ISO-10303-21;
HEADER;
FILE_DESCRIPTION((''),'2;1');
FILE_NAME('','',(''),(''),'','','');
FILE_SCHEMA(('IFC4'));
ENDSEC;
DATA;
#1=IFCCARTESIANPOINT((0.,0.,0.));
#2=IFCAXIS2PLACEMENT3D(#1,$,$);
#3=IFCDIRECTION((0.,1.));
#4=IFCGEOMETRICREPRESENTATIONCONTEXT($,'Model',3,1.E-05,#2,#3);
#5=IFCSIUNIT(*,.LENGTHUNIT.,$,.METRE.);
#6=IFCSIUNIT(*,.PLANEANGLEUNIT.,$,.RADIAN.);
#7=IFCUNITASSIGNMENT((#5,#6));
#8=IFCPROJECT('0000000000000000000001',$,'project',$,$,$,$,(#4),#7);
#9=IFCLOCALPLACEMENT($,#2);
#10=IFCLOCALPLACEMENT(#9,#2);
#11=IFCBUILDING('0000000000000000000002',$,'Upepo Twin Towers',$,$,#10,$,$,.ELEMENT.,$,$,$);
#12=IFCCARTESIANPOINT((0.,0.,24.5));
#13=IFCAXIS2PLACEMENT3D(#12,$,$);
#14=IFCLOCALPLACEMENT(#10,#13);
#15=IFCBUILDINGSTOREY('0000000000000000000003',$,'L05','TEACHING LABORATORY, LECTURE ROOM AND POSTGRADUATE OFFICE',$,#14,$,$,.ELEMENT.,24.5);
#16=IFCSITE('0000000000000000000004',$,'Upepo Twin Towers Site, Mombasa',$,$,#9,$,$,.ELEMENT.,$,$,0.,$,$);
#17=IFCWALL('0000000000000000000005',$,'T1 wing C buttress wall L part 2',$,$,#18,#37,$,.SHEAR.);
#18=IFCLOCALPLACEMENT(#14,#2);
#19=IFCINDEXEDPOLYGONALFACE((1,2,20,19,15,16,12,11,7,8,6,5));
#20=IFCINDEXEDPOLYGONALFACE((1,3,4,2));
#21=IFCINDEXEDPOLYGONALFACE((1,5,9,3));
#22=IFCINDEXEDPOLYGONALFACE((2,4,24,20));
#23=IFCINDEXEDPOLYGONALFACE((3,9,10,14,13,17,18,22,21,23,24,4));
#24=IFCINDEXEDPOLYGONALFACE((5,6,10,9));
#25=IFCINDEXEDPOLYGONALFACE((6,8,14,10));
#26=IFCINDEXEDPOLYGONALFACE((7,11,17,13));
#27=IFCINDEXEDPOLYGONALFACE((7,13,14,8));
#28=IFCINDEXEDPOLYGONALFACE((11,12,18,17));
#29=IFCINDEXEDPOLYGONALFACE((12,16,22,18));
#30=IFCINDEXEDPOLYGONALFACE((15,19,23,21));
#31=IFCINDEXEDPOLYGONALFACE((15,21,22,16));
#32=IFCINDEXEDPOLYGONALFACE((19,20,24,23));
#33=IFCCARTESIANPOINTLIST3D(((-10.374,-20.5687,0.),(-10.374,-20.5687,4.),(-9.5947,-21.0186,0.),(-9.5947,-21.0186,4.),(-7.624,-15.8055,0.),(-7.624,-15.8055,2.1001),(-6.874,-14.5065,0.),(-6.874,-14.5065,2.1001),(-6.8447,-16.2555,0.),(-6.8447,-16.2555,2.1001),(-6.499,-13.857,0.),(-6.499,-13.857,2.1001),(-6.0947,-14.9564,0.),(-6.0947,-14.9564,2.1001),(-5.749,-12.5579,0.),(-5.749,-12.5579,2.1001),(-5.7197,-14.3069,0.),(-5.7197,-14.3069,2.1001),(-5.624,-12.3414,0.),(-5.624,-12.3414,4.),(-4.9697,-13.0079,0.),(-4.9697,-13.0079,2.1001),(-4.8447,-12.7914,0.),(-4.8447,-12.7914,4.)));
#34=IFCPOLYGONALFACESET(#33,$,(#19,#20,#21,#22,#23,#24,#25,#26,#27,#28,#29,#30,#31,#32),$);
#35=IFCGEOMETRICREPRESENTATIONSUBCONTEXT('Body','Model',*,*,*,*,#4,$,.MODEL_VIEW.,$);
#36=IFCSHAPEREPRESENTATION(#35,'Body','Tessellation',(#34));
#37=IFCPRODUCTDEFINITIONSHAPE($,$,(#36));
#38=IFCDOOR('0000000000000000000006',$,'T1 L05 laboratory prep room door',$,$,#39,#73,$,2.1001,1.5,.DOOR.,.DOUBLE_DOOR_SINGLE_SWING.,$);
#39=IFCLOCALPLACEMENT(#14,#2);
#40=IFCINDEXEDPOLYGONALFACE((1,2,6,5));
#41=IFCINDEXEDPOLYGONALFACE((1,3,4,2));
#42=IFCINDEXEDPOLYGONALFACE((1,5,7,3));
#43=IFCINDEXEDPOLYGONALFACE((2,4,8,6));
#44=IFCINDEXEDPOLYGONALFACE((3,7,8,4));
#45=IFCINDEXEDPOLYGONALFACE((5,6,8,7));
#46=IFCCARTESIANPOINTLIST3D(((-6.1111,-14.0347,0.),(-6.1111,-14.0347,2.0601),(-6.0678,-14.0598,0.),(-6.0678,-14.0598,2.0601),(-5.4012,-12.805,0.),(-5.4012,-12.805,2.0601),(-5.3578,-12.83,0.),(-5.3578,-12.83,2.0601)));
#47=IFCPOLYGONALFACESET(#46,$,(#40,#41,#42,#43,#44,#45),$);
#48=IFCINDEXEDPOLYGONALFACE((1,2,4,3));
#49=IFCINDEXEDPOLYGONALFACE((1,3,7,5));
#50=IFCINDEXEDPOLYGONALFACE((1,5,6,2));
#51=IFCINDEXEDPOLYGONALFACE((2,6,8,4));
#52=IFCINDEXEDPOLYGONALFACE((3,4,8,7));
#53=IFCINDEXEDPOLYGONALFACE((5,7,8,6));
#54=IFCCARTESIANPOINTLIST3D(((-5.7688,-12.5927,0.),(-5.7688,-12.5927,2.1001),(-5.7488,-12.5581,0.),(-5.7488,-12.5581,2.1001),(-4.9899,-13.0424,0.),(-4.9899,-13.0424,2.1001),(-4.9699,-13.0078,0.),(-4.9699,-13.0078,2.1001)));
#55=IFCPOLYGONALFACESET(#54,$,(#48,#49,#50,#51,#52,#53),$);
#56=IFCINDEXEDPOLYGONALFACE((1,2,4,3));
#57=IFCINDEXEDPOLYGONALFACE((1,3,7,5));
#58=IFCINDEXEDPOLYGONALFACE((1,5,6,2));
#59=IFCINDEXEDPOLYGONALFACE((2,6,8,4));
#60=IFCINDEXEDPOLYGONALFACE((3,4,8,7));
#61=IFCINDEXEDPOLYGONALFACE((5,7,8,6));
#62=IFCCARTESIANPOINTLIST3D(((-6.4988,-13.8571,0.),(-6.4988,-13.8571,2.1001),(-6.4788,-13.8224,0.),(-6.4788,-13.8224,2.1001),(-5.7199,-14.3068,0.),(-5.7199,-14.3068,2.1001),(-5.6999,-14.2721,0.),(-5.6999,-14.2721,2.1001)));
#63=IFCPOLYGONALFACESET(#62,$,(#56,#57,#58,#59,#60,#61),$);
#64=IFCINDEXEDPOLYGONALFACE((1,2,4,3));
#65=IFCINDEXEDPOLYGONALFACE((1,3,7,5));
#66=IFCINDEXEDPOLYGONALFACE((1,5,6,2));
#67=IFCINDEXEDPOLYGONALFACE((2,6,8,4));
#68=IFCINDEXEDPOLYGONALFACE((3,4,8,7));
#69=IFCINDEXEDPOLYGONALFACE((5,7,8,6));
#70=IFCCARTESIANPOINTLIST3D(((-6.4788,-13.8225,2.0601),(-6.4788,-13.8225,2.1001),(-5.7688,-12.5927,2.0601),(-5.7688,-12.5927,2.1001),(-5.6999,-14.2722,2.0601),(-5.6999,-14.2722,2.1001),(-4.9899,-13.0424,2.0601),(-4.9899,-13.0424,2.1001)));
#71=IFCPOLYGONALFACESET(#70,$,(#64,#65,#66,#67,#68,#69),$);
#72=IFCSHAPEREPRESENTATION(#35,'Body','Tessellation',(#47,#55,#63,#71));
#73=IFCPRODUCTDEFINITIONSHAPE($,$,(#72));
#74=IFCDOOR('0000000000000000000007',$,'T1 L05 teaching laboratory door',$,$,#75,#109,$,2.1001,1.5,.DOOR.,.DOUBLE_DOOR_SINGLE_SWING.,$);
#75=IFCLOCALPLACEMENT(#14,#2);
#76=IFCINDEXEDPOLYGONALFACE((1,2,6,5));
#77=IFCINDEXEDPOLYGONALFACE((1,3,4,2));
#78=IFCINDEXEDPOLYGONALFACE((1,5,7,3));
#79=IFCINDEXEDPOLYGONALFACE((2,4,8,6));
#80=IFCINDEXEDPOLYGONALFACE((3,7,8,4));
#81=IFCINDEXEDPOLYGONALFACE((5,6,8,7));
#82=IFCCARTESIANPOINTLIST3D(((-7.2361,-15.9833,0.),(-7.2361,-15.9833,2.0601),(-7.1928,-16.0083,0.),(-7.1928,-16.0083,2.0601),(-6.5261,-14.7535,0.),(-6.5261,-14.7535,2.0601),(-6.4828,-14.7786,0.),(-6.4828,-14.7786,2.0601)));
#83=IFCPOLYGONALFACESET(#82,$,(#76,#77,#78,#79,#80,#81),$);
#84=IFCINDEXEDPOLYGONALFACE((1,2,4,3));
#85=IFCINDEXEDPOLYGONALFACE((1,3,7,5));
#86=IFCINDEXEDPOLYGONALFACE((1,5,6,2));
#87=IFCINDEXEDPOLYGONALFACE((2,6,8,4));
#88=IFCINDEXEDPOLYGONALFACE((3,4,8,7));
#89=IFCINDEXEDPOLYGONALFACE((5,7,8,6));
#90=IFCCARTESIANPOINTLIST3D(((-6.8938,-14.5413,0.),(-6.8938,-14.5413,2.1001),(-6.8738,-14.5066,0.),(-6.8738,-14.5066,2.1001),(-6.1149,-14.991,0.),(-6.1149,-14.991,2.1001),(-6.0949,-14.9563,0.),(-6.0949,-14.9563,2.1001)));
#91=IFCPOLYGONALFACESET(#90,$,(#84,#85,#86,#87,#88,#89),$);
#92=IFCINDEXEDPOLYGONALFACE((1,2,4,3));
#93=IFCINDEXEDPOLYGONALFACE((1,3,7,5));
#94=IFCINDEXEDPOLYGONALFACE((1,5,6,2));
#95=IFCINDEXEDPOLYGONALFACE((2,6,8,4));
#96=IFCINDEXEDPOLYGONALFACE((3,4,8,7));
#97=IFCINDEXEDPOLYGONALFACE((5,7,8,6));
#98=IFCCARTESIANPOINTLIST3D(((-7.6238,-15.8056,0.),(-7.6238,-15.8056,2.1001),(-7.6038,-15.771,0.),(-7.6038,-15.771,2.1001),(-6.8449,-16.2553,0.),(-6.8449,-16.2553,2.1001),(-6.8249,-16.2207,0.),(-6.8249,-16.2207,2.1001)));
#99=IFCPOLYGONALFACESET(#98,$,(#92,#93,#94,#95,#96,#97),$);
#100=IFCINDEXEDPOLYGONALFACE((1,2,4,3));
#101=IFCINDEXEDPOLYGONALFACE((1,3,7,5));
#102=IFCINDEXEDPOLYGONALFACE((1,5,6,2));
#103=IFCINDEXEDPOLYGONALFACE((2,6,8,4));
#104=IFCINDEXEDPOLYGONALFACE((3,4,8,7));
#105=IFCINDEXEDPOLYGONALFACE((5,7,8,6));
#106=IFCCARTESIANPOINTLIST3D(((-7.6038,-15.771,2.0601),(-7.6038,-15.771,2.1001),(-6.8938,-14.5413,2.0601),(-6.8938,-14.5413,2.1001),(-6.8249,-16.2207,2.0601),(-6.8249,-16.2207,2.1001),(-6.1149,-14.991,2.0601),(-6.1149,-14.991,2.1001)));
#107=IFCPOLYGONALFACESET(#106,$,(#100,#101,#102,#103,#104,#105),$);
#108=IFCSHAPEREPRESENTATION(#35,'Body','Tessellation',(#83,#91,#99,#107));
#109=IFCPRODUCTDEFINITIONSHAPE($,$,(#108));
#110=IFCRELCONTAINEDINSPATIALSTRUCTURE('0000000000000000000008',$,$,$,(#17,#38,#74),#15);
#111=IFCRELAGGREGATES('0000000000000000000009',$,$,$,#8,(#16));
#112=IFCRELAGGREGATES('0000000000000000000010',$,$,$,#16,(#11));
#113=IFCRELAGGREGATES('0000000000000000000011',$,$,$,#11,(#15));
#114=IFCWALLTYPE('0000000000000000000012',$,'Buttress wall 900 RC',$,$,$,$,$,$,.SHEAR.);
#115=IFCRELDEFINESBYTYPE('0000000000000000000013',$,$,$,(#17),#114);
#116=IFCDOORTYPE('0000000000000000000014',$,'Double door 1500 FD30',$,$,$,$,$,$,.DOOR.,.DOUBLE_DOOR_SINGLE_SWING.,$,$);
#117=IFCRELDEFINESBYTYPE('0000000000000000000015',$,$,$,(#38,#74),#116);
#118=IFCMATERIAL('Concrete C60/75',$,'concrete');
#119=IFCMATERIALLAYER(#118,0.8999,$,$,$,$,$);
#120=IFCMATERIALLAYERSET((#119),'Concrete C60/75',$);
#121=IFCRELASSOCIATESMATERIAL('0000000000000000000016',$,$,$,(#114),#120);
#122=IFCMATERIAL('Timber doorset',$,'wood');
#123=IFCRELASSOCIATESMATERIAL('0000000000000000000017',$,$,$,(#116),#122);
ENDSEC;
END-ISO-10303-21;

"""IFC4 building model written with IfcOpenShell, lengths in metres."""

from ifc_helpers import new_model, si_unit, direction, frame, frame_2d, origin, place, context, subcontext, project, spatial, rectangle, extrude, material, layer, layer_set, type_object, element, fill, save


model = new_model("IFC4")

# Units and contexts
model_context = context("Model", 3, precision=1e-05, world=origin(), true_north=direction((0.0, 1.0)))
body_context = subcontext(model_context, "Body", "Model", "MODEL_VIEW")
ifc_project = project(units=[si_unit("LENGTHUNIT", "METRE"), si_unit("PLANEANGLEUNIT", "RADIAN")], contexts=[model_context])

# Site, building, storey
site_placement = place(None, origin())
site = spatial("IfcSite", under=ifc_project, at=site_placement, Name="Upepo Twin Towers Site, Mombasa", CompositionType="ELEMENT", RefElevation=0.0)
building_placement = place(site_placement, origin())
building = spatial("IfcBuilding", under=site, at=building_placement, Name="Upepo Twin Towers", CompositionType="ELEMENT")
storey_placement = place(building_placement, frame((0.0, 0.0, 24.5)))
storey = spatial("IfcBuildingStorey", under=building, at=storey_placement, Name="L05", Description="TEACHING LABORATORY, LECTURE ROOM AND POSTGRADUATE OFFICE", CompositionType="ELEMENT", Elevation=24.5)

# Wall, openings, doors
ifc_material_1 = material(Name="Concrete C60/75", Category="concrete")
ifc_layer_1 = layer(ifc_material_1, 0.8999)
ifc_layer_set_1 = layer_set([ifc_layer_1], Name="Concrete C60/75")
wall_type_1 = type_object("IfcWallType", Name="Buttress wall 900 RC", PredefinedType="SHEAR", material=ifc_layer_set_1)
wall_1_placement = place(storey_placement, frame((-5.2344, -12.5664, 0.0), z_axis=(0.0, 0.0, 1.0), x_axis=(-0.499998, -0.866027, 0.0)))
wall_1 = element("IfcWall", 1, at=wall_1_placement, inside=storey, type_object=wall_type_1, Name="T1 wing C buttress wall L part 2", PredefinedType="SHEAR", context=body_context, shape_type="SweptSolid", body=[
    extrude(rectangle(XDim=9.5, YDim=0.8999, at=frame_2d((4.75, 0.0))), origin(), (0.0, 0.0, 1.0), 4.0),
])
opening_1_placement = place(wall_1_placement, frame((0.25, 0.0, 0.0)))
opening_1 = element("IfcOpeningElement", 2, at=opening_1_placement, cuts=wall_1, PredefinedType="OPENING", context=body_context, shape_type="SweptSolid", body=[
    extrude(rectangle(XDim=1.5, YDim=2.1001, at=frame_2d((0.75, 1.05))), frame((0.0, 0.46, 0.0), z_axis=(0.0, -1.0, 0.0), x_axis=(1.0, 0.0, 0.0)), (0.0, 0.0, 1.0), 0.9199),
])
opening_2_placement = place(wall_1_placement, frame((2.5, 0.0, 0.0)))
opening_2 = element("IfcOpeningElement", 3, at=opening_2_placement, cuts=wall_1, PredefinedType="OPENING", context=body_context, shape_type="SweptSolid", body=[
    extrude(rectangle(XDim=1.5, YDim=2.1001, at=frame_2d((0.75, 1.05))), frame((0.0, 0.46, 0.0), z_axis=(0.0, -1.0, 0.0), x_axis=(1.0, 0.0, 0.0)), (0.0, 0.0, 1.0), 0.9199),
])
ifc_material_2 = material(Name="Timber doorset", Category="wood")
door_type_1 = type_object("IfcDoorType", Name="Double door 1500 FD30", OperationType="DOUBLE_DOOR_SINGLE_SWING", PredefinedType="DOOR", material=ifc_material_2)
door_1_placement = place(opening_1_placement, origin())
door_1 = element("IfcDoor", 4, at=door_1_placement, inside=storey, type_object=door_type_1, Name="T1 L05 laboratory prep room door", OperationType="DOUBLE_DOOR_SINGLE_SWING", OverallHeight=2.1001, OverallWidth=1.5, PredefinedType="DOOR", context=body_context, shape_type="SweptSolid", body=[
    extrude(rectangle(XDim=1.42, YDim=2.0601, at=frame_2d((0.75, 1.03))), frame((0.0, 0.0249, 0.0), z_axis=(0.0, -1.0, 0.0), x_axis=(1.0, 0.0, 0.0)), (0.0, 0.0, 1.0), 0.05),
    extrude(rectangle(XDim=0.04, YDim=2.1001, at=frame_2d((0.02, 1.05))), frame((0.0, 0.4497, 0.0), z_axis=(0.0, -1.0, 0.0), x_axis=(1.0, 0.0, 0.0)), (0.0, 0.0, 1.0), 0.8994),
    extrude(rectangle(XDim=0.04, YDim=2.1001, at=frame_2d((1.48, 1.05))), frame((0.0, 0.4497, 0.0), z_axis=(0.0, -1.0, 0.0), x_axis=(1.0, 0.0, 0.0)), (0.0, 0.0, 1.0), 0.8994),
    extrude(rectangle(XDim=1.42, YDim=0.04, at=frame_2d((0.75, 2.0801))), frame((0.0, 0.4497, 0.0), z_axis=(0.0, -1.0, 0.0), x_axis=(1.0, 0.0, 0.0)), (0.0, 0.0, 1.0), 0.8994),
])
fill(opening_1, door_1)
door_2_placement = place(opening_2_placement, origin())
door_2 = element("IfcDoor", 5, at=door_2_placement, inside=storey, type_object=door_type_1, Name="T1 L05 teaching laboratory door", OperationType="DOUBLE_DOOR_SINGLE_SWING", OverallHeight=2.1001, OverallWidth=1.5, PredefinedType="DOOR", context=body_context, shape_type="SweptSolid", body=[
    extrude(rectangle(XDim=1.42, YDim=2.0601, at=frame_2d((0.75, 1.03))), frame((0.0, 0.0249, 0.0), z_axis=(0.0, -1.0, 0.0), x_axis=(1.0, 0.0, 0.0)), (0.0, 0.0, 1.0), 0.05),
    extrude(rectangle(XDim=0.04, YDim=2.1001, at=frame_2d((0.02, 1.05))), frame((0.0, 0.4497, 0.0), z_axis=(0.0, -1.0, 0.0), x_axis=(1.0, 0.0, 0.0)), (0.0, 0.0, 1.0), 0.8994),
    extrude(rectangle(XDim=0.04, YDim=2.1001, at=frame_2d((1.48, 1.05))), frame((0.0, 0.4497, 0.0), z_axis=(0.0, -1.0, 0.0), x_axis=(1.0, 0.0, 0.0)), (0.0, 0.0, 1.0), 0.8994),
    extrude(rectangle(XDim=1.42, YDim=0.04, at=frame_2d((0.75, 2.0801))), frame((0.0, 0.4497, 0.0), z_axis=(0.0, -1.0, 0.0), x_axis=(1.0, 0.0, 0.0)), (0.0, 0.0, 1.0), 0.8994),
])
fill(opening_2, door_2)

save(model, "model.ifc")
